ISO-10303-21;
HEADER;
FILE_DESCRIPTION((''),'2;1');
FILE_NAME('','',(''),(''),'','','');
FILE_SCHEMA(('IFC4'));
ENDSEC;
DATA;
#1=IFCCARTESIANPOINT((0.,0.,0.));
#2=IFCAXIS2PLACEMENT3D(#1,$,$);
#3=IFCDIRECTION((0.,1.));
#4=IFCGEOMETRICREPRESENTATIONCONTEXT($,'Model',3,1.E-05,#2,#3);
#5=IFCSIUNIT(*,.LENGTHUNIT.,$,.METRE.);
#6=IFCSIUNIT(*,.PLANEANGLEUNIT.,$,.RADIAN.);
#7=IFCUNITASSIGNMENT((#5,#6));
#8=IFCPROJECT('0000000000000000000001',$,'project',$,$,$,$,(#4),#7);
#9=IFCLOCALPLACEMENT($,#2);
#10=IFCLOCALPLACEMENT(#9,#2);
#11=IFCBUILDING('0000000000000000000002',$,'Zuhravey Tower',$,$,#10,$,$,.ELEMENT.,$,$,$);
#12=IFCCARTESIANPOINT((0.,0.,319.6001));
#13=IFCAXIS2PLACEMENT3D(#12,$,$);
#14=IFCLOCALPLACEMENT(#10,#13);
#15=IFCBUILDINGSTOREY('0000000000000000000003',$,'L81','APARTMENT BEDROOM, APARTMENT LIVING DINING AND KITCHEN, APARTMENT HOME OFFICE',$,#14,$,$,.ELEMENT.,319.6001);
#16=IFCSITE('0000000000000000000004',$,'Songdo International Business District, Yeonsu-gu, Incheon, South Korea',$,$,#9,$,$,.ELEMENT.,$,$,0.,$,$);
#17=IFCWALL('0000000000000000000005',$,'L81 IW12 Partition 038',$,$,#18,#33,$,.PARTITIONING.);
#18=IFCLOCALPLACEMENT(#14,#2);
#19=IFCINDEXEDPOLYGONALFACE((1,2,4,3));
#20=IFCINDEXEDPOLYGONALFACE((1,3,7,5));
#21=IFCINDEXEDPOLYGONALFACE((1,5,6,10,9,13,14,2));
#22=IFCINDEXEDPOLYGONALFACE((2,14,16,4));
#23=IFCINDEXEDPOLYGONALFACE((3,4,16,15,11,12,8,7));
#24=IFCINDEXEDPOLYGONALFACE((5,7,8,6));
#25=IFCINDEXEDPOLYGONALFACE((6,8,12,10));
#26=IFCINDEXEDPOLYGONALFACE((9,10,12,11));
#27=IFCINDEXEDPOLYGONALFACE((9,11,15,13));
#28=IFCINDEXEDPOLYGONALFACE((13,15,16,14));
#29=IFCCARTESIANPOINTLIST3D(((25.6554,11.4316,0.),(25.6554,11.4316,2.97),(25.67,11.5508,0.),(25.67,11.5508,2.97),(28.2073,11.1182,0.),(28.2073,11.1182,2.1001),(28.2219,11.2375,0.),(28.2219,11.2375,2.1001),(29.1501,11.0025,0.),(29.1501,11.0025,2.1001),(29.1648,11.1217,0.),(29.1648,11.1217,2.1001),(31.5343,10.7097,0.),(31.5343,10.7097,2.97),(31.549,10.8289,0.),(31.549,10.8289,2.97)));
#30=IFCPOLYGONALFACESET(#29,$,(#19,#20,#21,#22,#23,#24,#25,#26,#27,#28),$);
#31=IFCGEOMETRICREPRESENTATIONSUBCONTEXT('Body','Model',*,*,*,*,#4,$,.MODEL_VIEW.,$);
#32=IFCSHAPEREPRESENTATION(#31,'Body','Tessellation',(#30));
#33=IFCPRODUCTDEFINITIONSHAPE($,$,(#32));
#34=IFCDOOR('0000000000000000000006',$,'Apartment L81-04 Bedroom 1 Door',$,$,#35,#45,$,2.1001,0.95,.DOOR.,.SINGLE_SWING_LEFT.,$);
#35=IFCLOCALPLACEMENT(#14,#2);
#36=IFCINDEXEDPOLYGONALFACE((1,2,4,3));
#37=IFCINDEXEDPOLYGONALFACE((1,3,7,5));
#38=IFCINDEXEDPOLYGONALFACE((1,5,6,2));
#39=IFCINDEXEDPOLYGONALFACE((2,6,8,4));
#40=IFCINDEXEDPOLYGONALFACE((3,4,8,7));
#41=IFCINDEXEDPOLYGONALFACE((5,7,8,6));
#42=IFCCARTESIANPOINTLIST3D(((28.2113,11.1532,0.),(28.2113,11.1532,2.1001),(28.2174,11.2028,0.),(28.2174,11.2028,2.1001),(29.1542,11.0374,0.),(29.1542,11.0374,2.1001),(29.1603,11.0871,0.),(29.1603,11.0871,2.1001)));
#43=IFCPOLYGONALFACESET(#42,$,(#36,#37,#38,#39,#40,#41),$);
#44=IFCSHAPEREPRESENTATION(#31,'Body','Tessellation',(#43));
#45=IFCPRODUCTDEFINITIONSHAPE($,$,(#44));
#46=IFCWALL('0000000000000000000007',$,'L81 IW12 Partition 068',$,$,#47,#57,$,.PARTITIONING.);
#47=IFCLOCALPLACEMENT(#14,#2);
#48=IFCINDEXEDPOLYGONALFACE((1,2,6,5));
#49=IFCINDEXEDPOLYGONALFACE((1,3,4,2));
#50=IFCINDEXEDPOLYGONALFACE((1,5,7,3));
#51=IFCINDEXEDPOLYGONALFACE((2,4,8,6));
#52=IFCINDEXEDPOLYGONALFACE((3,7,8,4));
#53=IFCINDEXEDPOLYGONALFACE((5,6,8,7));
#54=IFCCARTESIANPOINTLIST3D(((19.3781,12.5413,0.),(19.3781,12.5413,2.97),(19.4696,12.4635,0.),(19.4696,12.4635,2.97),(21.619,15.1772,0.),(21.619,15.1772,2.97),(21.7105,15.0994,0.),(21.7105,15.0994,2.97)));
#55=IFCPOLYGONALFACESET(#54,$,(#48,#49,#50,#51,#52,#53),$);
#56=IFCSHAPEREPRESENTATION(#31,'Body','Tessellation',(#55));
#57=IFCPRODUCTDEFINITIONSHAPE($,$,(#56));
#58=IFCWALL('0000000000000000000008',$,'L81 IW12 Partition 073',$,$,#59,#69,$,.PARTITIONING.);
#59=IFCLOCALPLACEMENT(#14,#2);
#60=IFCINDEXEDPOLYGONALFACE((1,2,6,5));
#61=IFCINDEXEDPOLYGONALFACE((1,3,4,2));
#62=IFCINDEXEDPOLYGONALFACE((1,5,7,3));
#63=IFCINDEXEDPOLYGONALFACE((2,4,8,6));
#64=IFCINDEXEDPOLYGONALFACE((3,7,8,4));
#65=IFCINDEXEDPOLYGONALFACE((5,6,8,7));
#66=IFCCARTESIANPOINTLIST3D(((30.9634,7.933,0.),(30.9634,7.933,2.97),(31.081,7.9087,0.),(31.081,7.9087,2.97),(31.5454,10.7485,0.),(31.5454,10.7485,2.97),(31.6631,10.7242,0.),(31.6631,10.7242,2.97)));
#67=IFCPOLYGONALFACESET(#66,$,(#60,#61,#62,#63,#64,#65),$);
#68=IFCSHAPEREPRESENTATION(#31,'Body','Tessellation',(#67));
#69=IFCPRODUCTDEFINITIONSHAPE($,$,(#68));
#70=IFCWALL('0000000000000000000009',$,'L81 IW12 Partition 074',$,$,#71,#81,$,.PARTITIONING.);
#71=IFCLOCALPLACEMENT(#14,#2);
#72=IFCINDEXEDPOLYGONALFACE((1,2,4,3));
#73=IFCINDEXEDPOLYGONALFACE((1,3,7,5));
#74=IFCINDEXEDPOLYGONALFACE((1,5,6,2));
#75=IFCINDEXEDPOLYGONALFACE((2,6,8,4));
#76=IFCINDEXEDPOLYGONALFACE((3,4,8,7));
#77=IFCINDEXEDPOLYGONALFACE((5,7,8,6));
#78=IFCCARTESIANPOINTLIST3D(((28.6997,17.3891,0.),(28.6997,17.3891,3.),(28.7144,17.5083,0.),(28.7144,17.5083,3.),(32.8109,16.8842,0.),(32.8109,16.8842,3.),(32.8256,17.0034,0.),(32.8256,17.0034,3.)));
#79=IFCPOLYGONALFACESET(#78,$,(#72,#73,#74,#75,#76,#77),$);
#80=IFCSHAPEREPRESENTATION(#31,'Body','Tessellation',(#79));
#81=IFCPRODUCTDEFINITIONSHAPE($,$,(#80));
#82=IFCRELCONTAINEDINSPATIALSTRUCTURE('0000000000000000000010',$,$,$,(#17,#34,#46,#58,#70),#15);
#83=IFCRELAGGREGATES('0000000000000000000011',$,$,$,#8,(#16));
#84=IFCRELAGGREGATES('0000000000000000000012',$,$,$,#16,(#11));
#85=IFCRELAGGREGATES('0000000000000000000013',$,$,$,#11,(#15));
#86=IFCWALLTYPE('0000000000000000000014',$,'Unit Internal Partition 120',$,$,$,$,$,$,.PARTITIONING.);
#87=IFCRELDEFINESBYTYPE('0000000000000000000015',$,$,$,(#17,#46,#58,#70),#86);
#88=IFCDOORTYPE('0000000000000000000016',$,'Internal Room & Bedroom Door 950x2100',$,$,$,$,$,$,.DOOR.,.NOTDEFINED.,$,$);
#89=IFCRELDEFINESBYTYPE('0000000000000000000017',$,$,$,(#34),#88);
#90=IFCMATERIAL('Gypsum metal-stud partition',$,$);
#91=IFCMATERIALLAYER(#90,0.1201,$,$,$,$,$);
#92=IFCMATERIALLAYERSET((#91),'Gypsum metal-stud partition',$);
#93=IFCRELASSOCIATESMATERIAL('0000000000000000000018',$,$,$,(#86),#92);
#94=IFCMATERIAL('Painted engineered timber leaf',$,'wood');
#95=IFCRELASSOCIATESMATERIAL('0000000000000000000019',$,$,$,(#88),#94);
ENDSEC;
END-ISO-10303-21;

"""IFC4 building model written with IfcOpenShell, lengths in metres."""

from ifc_helpers import new_model, si_unit, direction, frame, frame_2d, origin, place, context, subcontext, project, spatial, rectangle, extrude, material, layer, layer_set, type_object, element, fill, save


model = new_model("IFC4")

# Units and contexts
model_context = context("Model", 3, precision=1e-05, world=origin(), true_north=direction((0.0, 1.0)))
body_context = subcontext(model_context, "Body", "Model", "MODEL_VIEW")
ifc_project = project(units=[si_unit("LENGTHUNIT", "METRE"), si_unit("PLANEANGLEUNIT", "RADIAN")], contexts=[model_context])

# Site, building, storey
site_placement = place(None, origin())
site = spatial("IfcSite", under=ifc_project, at=site_placement, Name="Songdo International Business District, Yeonsu-gu, Incheon, South Korea", CompositionType="ELEMENT", RefElevation=0.0)
building_placement = place(site_placement, origin())
building = spatial("IfcBuilding", under=site, at=building_placement, Name="Zuhravey Tower", CompositionType="ELEMENT")
storey_placement = place(building_placement, frame((0.0, 0.0, 319.6001)))
storey = spatial("IfcBuildingStorey", under=building, at=storey_placement, Name="L81", Description="APARTMENT BEDROOM, APARTMENT LIVING DINING AND KITCHEN, APARTMENT HOME OFFICE", CompositionType="ELEMENT", Elevation=319.6001)

# Wall, opening, door
ifc_material_1 = material(Name="Gypsum metal-stud partition")
ifc_layer_1 = layer(ifc_material_1, 0.1201)
ifc_layer_set_1 = layer_set([ifc_layer_1], Name="Gypsum metal-stud partition")
wall_type_1 = type_object("IfcWallType", Name="Unit Internal Partition 120", PredefinedType="PARTITIONING", material=ifc_layer_set_1)
ifc_material_2 = material(Name="Painted engineered timber leaf", Category="wood")
door_type_1 = type_object("IfcDoorType", Name="Internal Room & Bedroom Door 950x2100", OperationType="NOTDEFINED", PredefinedType="DOOR", material=ifc_material_2)
wall_1_placement = place(storey_placement, frame((25.6628, 11.4912, 0.0), z_axis=(0.0, 0.0, 1.0), x_axis=(0.992544, -0.121883, 0.0)))
wall_1 = element("IfcWall", 1, at=wall_1_placement, inside=storey, type_object=wall_type_1, Name="L81 IW12 Partition 038", PredefinedType="PARTITIONING", context=body_context, shape_type="SweptSolid", body=[
    extrude(rectangle(XDim=5.9231, YDim=0.1201, at=frame_2d((2.9614, 0.0))), origin(), (0.0, 0.0, 1.0), 2.97),
])
opening_1_placement = place(wall_1_placement, frame((2.5708, 0.0, 0.0)))
opening_1 = element("IfcOpeningElement", 2, at=opening_1_placement, cuts=wall_1, PredefinedType="OPENING", context=body_context, shape_type="SweptSolid", body=[
    extrude(rectangle(XDim=0.95, YDim=2.1001, at=frame_2d((0.4751, 1.05))), frame((0.0, 0.072, 0.0), z_axis=(0.0, -1.0, 0.0), x_axis=(1.0, 0.0, 0.0)), (0.0, 0.0, 1.0), 0.144),
])
door_1_placement = place(opening_1_placement, frame((0.95, 0.0, 0.0), z_axis=(0.0, 0.0, 1.0), x_axis=(-1.0, 0.0, 0.0)))
door_1 = element("IfcDoor", 3, at=door_1_placement, inside=storey, type_object=door_type_1, Name="Apartment L81-04 Bedroom 1 Door", OperationType="SINGLE_SWING_LEFT", OverallHeight=2.1001, OverallWidth=0.95, PredefinedType="DOOR", context=body_context, shape_type="SweptSolid", body=[
    extrude(rectangle(XDim=0.95, YDim=2.1001, at=frame_2d((0.4751, 1.05))), frame((0.0, 0.0249, 0.0), z_axis=(0.0, -1.0, 0.0), x_axis=(1.0, 0.0, 0.0)), (0.0, 0.0, 1.0), 0.05),
])
fill(opening_1, door_1)

# Walls
wall_2_placement = place(storey_placement, frame((21.6648, 15.1384, 0.0), z_axis=(0.0, 0.0, 1.0), x_axis=(-0.647712, -0.761885, 0.0)))
element("IfcWall", 4, at=wall_2_placement, inside=storey, type_object=wall_type_1, Name="L81 IW12 Partition 068", PredefinedType="PARTITIONING", context=body_context, shape_type="SweptSolid", body=[
    extrude(rectangle(XDim=3.4597, YDim=0.1201, at=frame_2d((1.73, 0.0))), origin(), (0.0, 0.0, 1.0), 2.97),
])
wall_3_placement = place(storey_placement, frame((31.6042, 10.7363, 0.0), z_axis=(0.0, 0.0, 1.0), x_axis=(-0.202448, -0.979293, 0.0)))
element("IfcWall", 5, at=wall_3_placement, inside=storey, type_object=wall_type_1, Name="L81 IW12 Partition 073", PredefinedType="PARTITIONING", context=body_context, shape_type="SweptSolid", body=[
    extrude(rectangle(XDim=2.875, YDim=0.1201, at=frame_2d((1.4375, 0.0))), origin(), (0.0, 0.0, 1.0), 2.97),
])
wall_4_placement = place(storey_placement, frame((28.707, 17.4487, 0.0), z_axis=(0.0, 0.0, 1.0), x_axis=(0.992543, -0.121894, 0.0)))
element("IfcWall", 6, at=wall_4_placement, inside=storey, type_object=wall_type_1, Name="L81 IW12 Partition 074", PredefinedType="PARTITIONING", context=body_context, shape_type="SweptSolid", body=[
    extrude(rectangle(XDim=4.1421, YDim=0.1201, at=frame_2d((2.071, 0.0))), origin(), (0.0, 0.0, 1.0), 3.0),
])

save(model, "model.ifc")
